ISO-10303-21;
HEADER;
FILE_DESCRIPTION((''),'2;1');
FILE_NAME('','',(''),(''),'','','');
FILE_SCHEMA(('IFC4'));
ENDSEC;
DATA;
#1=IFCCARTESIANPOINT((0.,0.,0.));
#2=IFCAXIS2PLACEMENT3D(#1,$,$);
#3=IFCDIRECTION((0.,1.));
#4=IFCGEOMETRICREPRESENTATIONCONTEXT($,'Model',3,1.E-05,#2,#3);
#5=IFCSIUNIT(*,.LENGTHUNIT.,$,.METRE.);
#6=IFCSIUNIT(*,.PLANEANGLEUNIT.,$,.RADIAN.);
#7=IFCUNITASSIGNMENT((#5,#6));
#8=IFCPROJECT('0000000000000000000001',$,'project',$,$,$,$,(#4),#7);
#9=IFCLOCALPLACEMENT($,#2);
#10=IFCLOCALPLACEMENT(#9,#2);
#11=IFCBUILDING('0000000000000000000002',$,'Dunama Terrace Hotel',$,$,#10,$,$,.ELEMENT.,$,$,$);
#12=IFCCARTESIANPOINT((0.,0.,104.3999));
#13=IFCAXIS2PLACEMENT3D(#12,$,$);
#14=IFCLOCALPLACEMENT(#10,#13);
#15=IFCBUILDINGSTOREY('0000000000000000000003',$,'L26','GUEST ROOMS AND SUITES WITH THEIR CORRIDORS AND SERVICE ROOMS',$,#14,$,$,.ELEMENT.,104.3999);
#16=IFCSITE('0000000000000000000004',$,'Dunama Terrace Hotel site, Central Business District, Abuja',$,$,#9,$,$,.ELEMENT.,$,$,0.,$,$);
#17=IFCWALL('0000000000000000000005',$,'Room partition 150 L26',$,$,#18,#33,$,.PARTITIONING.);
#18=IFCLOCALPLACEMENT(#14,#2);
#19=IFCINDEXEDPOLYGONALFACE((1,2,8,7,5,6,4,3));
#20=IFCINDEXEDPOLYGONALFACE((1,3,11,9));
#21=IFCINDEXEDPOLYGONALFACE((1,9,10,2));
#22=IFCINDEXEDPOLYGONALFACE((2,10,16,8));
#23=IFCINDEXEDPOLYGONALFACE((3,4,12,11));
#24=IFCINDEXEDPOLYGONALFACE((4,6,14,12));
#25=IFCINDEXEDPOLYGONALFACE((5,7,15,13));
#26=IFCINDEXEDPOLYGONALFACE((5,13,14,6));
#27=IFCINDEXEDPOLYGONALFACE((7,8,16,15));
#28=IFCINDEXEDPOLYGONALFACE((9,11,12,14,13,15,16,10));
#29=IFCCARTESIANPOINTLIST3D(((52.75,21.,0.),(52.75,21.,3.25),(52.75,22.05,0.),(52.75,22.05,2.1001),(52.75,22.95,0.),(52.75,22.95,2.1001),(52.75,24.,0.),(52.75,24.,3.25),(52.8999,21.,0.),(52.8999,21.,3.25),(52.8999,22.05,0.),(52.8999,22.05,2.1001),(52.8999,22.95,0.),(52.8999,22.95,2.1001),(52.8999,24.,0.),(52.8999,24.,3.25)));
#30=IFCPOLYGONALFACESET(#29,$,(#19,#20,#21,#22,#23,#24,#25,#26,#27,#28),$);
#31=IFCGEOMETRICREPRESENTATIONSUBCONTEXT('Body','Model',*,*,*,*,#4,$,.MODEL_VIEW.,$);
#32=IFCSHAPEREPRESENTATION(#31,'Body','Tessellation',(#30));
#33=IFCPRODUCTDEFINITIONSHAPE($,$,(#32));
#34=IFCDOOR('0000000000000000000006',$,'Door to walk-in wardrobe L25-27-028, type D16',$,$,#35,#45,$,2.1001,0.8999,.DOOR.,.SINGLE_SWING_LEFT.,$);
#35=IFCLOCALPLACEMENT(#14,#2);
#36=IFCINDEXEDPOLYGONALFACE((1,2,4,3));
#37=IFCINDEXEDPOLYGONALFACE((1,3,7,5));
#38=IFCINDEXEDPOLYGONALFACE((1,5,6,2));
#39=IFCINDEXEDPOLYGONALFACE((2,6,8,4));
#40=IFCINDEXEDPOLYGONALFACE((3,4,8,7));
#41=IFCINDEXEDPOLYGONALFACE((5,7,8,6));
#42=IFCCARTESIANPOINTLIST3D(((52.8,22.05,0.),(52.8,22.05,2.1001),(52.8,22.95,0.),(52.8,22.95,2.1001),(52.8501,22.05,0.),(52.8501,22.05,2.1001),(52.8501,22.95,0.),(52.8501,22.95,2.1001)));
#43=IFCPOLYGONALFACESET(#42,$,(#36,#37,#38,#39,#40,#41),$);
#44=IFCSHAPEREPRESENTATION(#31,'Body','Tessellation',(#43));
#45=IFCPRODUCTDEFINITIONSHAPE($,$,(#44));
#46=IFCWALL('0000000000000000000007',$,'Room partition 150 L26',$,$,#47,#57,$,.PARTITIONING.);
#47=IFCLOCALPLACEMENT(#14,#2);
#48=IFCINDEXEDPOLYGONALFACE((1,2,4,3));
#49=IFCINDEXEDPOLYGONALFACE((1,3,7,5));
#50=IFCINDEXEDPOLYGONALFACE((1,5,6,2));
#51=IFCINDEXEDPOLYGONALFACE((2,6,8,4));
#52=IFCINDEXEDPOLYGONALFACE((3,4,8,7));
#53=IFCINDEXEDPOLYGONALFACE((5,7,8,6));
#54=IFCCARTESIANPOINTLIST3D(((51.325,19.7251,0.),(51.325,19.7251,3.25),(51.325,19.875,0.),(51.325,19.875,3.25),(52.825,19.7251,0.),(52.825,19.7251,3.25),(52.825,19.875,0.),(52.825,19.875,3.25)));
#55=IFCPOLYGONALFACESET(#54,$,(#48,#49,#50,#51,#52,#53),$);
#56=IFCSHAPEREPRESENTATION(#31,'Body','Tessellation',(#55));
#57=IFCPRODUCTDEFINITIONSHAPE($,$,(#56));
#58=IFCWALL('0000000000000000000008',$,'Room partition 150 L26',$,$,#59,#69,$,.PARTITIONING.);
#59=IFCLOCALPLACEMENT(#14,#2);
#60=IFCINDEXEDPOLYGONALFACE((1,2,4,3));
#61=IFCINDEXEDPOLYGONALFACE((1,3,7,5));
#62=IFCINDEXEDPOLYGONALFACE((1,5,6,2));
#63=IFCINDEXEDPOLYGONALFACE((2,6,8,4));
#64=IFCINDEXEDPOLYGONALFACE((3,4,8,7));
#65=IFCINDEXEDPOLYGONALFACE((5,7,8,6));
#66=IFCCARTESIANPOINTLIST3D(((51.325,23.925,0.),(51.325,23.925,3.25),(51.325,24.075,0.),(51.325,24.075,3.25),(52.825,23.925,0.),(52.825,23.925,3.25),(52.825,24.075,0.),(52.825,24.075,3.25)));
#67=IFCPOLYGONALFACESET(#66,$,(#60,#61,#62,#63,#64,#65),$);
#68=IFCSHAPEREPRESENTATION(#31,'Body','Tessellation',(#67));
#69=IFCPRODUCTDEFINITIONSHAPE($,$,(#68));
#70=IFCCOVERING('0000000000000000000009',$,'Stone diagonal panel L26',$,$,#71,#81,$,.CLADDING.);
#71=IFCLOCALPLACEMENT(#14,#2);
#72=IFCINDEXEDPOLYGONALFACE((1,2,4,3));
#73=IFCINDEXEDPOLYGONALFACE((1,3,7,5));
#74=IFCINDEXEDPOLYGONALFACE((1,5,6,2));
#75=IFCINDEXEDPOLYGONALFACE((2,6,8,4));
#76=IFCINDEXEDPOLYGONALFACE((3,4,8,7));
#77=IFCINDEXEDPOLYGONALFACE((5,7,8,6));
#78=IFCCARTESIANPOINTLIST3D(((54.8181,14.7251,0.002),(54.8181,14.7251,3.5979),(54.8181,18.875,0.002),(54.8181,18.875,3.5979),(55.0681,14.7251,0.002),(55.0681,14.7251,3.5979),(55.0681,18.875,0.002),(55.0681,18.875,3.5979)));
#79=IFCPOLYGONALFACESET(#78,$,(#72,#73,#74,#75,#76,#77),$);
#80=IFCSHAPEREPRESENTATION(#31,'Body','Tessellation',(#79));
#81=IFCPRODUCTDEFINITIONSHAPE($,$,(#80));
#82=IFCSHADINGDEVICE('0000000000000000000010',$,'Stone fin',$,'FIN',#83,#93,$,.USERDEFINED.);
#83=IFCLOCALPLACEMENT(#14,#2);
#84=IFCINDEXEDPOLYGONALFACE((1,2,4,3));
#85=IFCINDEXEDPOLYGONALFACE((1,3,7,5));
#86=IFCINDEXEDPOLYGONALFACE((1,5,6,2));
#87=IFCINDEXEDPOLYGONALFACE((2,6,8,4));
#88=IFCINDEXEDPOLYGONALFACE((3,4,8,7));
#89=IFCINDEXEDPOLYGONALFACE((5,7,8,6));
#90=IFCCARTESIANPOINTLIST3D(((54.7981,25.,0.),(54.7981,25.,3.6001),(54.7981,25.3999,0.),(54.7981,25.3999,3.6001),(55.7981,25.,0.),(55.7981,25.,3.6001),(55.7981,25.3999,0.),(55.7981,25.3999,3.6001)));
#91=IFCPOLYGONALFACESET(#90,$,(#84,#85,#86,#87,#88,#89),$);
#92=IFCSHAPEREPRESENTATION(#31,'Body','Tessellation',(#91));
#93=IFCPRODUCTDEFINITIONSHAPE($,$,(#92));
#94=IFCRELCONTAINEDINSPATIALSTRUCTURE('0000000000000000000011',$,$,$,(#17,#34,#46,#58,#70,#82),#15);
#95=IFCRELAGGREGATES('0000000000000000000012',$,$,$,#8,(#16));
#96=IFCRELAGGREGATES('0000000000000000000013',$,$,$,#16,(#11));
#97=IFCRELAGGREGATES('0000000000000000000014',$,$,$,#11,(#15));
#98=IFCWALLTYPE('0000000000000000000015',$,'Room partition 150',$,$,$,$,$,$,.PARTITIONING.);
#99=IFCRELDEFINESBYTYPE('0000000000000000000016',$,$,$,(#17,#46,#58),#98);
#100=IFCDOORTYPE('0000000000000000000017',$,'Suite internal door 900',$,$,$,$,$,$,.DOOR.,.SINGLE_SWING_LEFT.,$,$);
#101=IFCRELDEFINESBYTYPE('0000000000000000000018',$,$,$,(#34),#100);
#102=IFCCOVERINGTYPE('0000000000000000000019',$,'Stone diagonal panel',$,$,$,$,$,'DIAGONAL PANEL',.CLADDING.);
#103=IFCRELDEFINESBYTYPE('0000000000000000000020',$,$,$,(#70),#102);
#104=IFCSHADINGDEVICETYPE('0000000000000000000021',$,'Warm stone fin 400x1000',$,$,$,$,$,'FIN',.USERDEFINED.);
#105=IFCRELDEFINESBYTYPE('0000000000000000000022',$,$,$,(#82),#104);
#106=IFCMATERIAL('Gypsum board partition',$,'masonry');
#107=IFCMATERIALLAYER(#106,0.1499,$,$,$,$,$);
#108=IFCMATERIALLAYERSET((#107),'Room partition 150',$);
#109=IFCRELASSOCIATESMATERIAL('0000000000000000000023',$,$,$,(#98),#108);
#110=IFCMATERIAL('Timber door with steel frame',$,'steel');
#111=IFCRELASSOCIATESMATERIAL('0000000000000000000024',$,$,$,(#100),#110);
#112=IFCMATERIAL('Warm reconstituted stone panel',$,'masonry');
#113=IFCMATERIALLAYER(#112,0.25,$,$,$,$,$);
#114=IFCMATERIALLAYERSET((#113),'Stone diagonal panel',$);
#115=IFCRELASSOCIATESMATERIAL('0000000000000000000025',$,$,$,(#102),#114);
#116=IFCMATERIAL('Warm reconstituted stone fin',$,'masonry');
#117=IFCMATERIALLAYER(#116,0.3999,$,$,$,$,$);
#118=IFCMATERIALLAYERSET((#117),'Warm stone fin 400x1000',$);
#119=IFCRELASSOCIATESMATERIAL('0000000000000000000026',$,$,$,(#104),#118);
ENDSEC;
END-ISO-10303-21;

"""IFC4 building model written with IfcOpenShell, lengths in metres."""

from ifc_helpers import new_model, si_unit, direction, frame, frame_2d, origin, origin_2d, place, context, subcontext, project, spatial, rectangle, extrude, material, layer, layer_set, type_object, element, fill, save


model = new_model("IFC4")

# Units and contexts
model_context = context("Model", 3, precision=1e-05, world=origin(), true_north=direction((0.0, 1.0)))
body_context = subcontext(model_context, "Body", "Model", "MODEL_VIEW")
ifc_project = project(units=[si_unit("LENGTHUNIT", "METRE"), si_unit("PLANEANGLEUNIT", "RADIAN")], contexts=[model_context])

# Site, building, storey
site_placement = place(None, origin())
site = spatial("IfcSite", under=ifc_project, at=site_placement, Name="Dunama Terrace Hotel site, Central Business District, Abuja", CompositionType="ELEMENT", RefElevation=0.0)
building_placement = place(site_placement, origin())
building = spatial("IfcBuilding", under=site, at=building_placement, Name="Dunama Terrace Hotel", CompositionType="ELEMENT")
storey_placement = place(building_placement, frame((0.0, 0.0, 104.3999)))
storey = spatial("IfcBuildingStorey", under=building, at=storey_placement, Name="L26", Description="GUEST ROOMS AND SUITES WITH THEIR CORRIDORS AND SERVICE ROOMS", CompositionType="ELEMENT", Elevation=104.3999)

# Shared definitions
ifc_material_1 = material(Name="Gypsum board partition", Category="masonry")
ifc_layer_1 = layer(ifc_material_1, 0.1499)
ifc_layer_set_1 = layer_set([ifc_layer_1], Name="Room partition 150")
wall_type_1 = type_object("IfcWallType", Name="Room partition 150", PredefinedType="PARTITIONING", material=ifc_layer_set_1)

# Wall, opening, door
ifc_material_2 = material(Name="Timber door with steel frame", Category="steel")
door_type_1 = type_object("IfcDoorType", Name="Suite internal door 900", OperationType="SINGLE_SWING_LEFT", PredefinedType="DOOR", material=ifc_material_2)
wall_1_placement = place(storey_placement, frame((52.825, 21.0, 0.0), z_axis=(0.0, 0.0, 1.0), x_axis=(0.0, 1.0, 0.0)))
wall_1 = element("IfcWall", 1, at=wall_1_placement, inside=storey, type_object=wall_type_1, Name="Room partition 150 L26", PredefinedType="PARTITIONING", context=body_context, shape_type="SweptSolid", body=[
    extrude(rectangle(XDim=3.0, YDim=0.1499, at=frame_2d((1.5, 0.0))), origin(), (0.0, 0.0, 1.0), 3.25),
])
opening_1_placement = place(wall_1_placement, frame((1.05, 0.0, 0.0)))
opening_1 = element("IfcOpeningElement", 2, at=opening_1_placement, cuts=wall_1, PredefinedType="OPENING", context=body_context, shape_type="SweptSolid", body=[
    extrude(rectangle(XDim=0.8999, YDim=2.1001, at=frame_2d((0.45, 1.05))), frame((0.0, 0.085, 0.0), z_axis=(0.0, -1.0, 0.0), x_axis=(1.0, 0.0, 0.0)), (0.0, 0.0, 1.0), 0.1699),
])
door_1_placement = place(opening_1_placement, origin())
door_1 = element("IfcDoor", 3, at=door_1_placement, inside=storey, type_object=door_type_1, Name="Door to walk-in wardrobe L25-27-028, type D16", OperationType="SINGLE_SWING_LEFT", OverallHeight=2.1001, OverallWidth=0.8999, PredefinedType="DOOR", context=body_context, shape_type="SweptSolid", body=[
    extrude(rectangle(XDim=0.8999, YDim=2.1001, at=frame_2d((0.45, 1.05))), frame((0.0, 0.0249, 0.0), z_axis=(0.0, -1.0, 0.0), x_axis=(1.0, 0.0, 0.0)), (0.0, 0.0, 1.0), 0.05),
])
fill(opening_1, door_1)

# Walls
for number, where, z_axis, x_axis, name in (
    (4, (51.325, 19.8, 0.0), (0.0, 0.0, 1.0), (1.0, 0.0, 0.0), "Room partition 150 L26"),
    (5, (51.325, 24.0, 0.0), (0.0, 0.0, 1.0), (1.0, 0.0, 0.0), "Room partition 150 L26"),
):
    element("IfcWall", number, at=place(storey_placement, frame(where, z_axis=z_axis, x_axis=x_axis)), inside=storey, type_object=wall_type_1, Name=name, PredefinedType="PARTITIONING", context=body_context, shape_type="SweptSolid", body=[
        extrude(rectangle(XDim=1.5, YDim=0.1499, at=frame_2d((0.75, 0.0))), origin(), (0.0, 0.0, 1.0), 3.25),
    ])

# Covering
ifc_material_3 = material(Name="Warm reconstituted stone panel", Category="masonry")
ifc_layer_2 = layer(ifc_material_3, 0.25)
ifc_layer_set_2 = layer_set([ifc_layer_2], Name="Stone diagonal panel")
covering_type = type_object("IfcCoveringType", Name="Stone diagonal panel", ElementType="DIAGONAL PANEL", PredefinedType="CLADDING", material=ifc_layer_set_2)
covering_placement = place(storey_placement, frame((54.9431, 16.8, 0.002), z_axis=(0.0, 0.0, 1.0), x_axis=(0.0, 1.0, 0.0)))
element("IfcCovering", 6, at=covering_placement, inside=storey, type_object=covering_type, Name="Stone diagonal panel L26", PredefinedType="CLADDING", context=body_context, shape_type="SweptSolid", body=[
    extrude(rectangle(XDim=4.1499, YDim=0.25, at=origin_2d()), origin(), (0.0, 0.0, 1.0), 3.5959),
])

# Shading device
ifc_material_4 = material(Name="Warm reconstituted stone fin", Category="masonry")
ifc_layer_3 = layer(ifc_material_4, 0.3999)
ifc_layer_set_3 = layer_set([ifc_layer_3], Name="Warm stone fin 400x1000")
shading_device_type = type_object("IfcShadingDeviceType", Name="Warm stone fin 400x1000", ElementType="FIN", PredefinedType="USERDEFINED", material=ifc_layer_set_3)
shading_device_placement = place(storey_placement, frame((55.2981, 25.2, 0.0), z_axis=(0.0, 0.0, 1.0), x_axis=(0.0, 1.0, 0.0)))
element("IfcShadingDevice", 7, at=shading_device_placement, inside=storey, type_object=shading_device_type, Name="Stone fin", ObjectType="FIN", PredefinedType="USERDEFINED", context=body_context, shape_type="SweptSolid", body=[
    extrude(rectangle(XDim=0.3999, YDim=1.0, at=origin_2d()), origin(), (0.0, 0.0, 1.0), 3.6001),
])

save(model, "model.ifc")
